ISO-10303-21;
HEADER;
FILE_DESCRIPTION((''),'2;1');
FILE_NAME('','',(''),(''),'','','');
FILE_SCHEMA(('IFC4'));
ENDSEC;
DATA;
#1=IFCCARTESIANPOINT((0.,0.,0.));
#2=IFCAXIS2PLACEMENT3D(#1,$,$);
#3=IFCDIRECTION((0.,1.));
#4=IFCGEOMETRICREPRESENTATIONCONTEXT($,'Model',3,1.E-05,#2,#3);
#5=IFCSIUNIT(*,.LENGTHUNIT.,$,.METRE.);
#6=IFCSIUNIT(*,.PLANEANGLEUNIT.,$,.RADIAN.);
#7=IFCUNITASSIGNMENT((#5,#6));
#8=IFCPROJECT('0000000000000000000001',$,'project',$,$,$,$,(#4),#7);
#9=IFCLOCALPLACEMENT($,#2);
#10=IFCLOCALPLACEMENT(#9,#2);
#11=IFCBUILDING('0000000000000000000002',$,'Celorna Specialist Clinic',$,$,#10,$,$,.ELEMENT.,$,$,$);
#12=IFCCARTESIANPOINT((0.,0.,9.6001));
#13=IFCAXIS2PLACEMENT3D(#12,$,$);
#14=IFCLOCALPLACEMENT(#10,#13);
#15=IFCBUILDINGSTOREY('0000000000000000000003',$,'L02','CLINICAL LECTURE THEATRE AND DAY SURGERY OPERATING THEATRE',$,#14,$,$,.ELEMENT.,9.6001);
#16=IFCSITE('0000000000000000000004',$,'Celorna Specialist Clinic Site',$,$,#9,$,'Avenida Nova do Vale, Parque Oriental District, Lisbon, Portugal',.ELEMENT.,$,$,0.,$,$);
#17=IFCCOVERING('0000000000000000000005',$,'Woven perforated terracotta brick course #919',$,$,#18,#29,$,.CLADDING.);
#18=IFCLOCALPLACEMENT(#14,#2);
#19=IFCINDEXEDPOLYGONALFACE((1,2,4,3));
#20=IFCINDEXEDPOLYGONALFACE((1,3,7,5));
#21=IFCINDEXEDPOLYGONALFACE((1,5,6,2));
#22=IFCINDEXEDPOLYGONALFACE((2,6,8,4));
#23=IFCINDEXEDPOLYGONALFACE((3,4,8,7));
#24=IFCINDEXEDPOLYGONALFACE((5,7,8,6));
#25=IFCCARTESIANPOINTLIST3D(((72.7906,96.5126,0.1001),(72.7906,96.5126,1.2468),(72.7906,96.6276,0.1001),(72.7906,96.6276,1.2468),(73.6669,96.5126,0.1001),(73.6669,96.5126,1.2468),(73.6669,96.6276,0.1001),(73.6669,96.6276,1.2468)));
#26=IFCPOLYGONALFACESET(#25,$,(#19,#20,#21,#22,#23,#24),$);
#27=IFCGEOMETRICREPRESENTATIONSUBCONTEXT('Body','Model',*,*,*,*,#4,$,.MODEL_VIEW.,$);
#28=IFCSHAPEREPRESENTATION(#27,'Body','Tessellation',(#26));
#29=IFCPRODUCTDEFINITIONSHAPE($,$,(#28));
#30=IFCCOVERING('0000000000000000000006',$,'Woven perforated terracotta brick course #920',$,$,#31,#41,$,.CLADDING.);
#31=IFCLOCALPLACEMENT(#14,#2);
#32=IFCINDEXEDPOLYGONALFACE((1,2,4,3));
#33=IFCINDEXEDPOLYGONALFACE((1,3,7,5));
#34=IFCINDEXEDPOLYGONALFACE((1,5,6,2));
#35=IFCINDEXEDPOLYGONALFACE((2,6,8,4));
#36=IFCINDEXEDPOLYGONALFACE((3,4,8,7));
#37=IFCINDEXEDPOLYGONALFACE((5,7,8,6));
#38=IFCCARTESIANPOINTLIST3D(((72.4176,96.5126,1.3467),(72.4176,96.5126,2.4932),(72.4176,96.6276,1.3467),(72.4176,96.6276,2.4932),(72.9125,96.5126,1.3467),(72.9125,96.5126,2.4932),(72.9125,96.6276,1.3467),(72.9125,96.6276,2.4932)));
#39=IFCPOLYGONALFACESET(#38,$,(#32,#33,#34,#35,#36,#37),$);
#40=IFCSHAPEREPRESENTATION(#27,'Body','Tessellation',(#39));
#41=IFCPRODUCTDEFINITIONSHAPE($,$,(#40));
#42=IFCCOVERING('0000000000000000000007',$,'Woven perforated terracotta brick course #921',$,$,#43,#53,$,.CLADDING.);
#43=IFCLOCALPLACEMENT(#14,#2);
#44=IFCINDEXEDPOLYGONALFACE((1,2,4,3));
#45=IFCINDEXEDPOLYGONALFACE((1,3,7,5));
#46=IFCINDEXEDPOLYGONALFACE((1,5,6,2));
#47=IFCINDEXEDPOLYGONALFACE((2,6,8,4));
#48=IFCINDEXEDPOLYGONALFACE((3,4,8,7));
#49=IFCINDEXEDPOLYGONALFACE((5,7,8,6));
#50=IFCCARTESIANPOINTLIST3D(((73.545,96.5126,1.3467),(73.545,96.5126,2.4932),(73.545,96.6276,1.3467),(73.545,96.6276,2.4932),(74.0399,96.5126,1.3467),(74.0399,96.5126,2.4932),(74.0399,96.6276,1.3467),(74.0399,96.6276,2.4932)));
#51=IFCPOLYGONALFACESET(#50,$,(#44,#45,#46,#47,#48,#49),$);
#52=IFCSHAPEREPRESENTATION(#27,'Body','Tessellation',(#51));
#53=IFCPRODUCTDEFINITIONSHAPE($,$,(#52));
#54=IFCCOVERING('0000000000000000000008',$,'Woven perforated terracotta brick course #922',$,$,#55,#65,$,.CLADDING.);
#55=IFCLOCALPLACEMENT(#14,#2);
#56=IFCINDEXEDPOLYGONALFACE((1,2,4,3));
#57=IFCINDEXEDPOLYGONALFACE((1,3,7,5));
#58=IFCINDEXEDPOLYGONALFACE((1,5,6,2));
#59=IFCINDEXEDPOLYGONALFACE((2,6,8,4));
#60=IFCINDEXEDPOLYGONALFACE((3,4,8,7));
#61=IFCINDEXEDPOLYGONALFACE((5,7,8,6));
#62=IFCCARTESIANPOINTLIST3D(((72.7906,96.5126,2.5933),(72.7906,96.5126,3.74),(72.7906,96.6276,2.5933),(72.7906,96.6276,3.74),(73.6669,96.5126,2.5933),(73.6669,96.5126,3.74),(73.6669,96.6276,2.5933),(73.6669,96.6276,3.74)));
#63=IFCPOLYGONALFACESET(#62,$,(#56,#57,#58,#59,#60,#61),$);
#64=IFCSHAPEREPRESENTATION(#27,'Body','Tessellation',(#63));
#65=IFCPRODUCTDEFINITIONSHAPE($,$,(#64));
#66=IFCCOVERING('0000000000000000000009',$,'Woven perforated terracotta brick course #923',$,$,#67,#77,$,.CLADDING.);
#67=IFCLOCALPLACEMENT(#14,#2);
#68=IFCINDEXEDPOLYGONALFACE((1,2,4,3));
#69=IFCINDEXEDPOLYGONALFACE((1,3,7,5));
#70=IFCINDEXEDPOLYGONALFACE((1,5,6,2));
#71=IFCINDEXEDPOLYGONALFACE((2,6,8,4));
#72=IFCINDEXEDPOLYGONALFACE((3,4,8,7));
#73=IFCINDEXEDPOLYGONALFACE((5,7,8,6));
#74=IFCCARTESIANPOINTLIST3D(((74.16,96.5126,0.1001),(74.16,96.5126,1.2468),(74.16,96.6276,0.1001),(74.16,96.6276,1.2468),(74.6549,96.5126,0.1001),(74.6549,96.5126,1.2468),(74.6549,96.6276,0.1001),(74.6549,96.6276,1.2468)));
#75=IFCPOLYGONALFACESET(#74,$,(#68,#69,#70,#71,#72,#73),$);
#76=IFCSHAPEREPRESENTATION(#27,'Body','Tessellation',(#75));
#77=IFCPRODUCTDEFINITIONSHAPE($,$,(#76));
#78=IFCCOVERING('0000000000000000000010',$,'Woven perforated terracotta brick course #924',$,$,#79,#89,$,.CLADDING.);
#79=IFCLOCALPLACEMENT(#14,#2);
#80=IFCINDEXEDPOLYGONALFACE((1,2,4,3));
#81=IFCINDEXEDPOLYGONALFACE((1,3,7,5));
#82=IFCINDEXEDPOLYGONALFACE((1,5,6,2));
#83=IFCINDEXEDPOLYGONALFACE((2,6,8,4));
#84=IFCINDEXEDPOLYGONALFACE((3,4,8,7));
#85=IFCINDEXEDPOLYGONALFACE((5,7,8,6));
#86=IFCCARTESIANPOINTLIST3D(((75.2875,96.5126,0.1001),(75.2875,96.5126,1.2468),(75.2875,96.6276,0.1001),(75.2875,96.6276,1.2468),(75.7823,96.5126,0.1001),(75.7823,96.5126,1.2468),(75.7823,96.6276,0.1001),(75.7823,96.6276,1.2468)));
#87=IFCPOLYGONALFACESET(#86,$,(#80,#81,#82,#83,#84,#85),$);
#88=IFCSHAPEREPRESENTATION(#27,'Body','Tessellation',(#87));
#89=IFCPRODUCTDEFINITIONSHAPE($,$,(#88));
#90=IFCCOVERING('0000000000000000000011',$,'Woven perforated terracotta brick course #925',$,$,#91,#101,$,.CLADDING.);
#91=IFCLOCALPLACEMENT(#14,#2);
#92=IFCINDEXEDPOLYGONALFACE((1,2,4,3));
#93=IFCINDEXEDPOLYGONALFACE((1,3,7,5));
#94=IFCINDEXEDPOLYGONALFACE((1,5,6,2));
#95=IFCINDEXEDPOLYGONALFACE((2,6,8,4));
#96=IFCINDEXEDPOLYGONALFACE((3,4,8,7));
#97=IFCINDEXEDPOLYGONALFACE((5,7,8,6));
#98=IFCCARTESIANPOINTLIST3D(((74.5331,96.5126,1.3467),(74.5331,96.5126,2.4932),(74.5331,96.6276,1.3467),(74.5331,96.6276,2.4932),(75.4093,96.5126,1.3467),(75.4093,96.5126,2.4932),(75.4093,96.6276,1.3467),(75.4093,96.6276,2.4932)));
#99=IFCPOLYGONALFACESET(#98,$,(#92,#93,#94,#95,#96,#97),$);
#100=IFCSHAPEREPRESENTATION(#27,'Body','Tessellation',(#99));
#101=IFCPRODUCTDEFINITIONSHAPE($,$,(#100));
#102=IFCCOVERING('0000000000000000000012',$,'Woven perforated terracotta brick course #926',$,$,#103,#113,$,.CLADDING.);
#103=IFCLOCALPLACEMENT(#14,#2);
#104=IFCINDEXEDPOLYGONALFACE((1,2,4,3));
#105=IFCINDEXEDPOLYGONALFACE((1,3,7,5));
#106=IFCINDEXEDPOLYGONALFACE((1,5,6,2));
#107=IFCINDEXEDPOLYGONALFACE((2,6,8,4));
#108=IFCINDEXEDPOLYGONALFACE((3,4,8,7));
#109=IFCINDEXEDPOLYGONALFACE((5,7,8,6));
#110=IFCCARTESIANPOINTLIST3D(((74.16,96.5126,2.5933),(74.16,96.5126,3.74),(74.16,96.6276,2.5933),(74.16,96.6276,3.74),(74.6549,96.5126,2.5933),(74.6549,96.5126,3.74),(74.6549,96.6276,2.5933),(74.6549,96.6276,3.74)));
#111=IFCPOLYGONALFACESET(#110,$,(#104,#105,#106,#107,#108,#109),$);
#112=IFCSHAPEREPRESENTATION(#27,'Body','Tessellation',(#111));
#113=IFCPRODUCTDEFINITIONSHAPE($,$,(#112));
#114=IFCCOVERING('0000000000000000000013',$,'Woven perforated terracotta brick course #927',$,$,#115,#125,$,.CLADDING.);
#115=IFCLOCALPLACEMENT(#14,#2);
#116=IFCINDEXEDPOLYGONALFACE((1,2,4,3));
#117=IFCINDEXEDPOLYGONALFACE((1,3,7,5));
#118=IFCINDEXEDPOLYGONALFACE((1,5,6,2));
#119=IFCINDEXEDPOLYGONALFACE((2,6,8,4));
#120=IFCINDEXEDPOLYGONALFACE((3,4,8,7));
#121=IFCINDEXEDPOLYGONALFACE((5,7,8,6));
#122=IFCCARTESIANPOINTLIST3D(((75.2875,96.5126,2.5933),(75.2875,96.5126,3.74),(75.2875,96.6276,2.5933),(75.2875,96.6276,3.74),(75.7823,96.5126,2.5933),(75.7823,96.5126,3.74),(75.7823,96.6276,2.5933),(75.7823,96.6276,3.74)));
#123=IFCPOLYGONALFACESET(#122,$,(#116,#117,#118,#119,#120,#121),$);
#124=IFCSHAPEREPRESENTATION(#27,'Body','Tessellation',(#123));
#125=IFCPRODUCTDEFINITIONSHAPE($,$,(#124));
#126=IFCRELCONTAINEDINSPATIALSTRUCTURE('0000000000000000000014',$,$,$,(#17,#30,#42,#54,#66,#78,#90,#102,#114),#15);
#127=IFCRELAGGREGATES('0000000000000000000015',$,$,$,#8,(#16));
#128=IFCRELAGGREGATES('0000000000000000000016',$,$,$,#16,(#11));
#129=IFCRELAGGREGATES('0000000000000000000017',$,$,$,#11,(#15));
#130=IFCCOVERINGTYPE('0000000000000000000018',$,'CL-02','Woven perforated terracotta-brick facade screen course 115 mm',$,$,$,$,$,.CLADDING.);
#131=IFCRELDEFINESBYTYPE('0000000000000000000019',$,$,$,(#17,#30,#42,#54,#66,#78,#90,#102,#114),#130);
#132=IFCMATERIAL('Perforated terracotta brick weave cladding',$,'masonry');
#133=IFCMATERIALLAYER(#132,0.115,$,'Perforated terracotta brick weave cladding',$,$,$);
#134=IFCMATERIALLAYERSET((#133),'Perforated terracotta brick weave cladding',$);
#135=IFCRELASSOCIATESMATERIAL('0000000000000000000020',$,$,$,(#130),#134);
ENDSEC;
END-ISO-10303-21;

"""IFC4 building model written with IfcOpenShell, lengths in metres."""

from ifc_helpers import new_model, si_unit, direction, frame, origin, origin_2d, place, context, subcontext, project, spatial, rectangle, extrude, material, layer, layer_set, type_object, element, save


model = new_model("IFC4")

# Units and contexts
model_context = context("Model", 3, precision=1e-05, world=origin(), true_north=direction((0.0, 1.0)))
body_context = subcontext(model_context, "Body", "Model", "MODEL_VIEW")
ifc_project = project(units=[si_unit("LENGTHUNIT", "METRE"), si_unit("PLANEANGLEUNIT", "RADIAN")], contexts=[model_context])

# Site, building, storey
site_placement = place(None, origin())
site = spatial("IfcSite", under=ifc_project, at=site_placement, Name="Celorna Specialist Clinic Site", LongName="Avenida Nova do Vale, Parque Oriental District, Lisbon, Portugal", CompositionType="ELEMENT", RefElevation=0.0)
building_placement = place(site_placement, origin())
building = spatial("IfcBuilding", under=site, at=building_placement, Name="Celorna Specialist Clinic", CompositionType="ELEMENT")
storey_placement = place(building_placement, frame((0.0, 0.0, 9.6001)))
storey = spatial("IfcBuildingStorey", under=building, at=storey_placement, Name="L02", Description="CLINICAL LECTURE THEATRE AND DAY SURGERY OPERATING THEATRE", CompositionType="ELEMENT", Elevation=9.6001)

# Coverings
ifc_material_1 = material(Name="Perforated terracotta brick weave cladding", Category="masonry")
ifc_layer_1 = layer(ifc_material_1, 0.115, Name="Perforated terracotta brick weave cladding")
ifc_layer_set_1 = layer_set([ifc_layer_1], Name="Perforated terracotta brick weave cladding")
covering_type = type_object("IfcCoveringType", Name="CL-02", Description="Woven perforated terracotta-brick facade screen course 115 mm", PredefinedType="CLADDING", material=ifc_layer_set_1)
covering_1_placement = place(storey_placement, frame((73.2288, 96.5701, 0.1001), z_axis=(0.0, 0.0, 1.0), x_axis=(1.0, 0.0, 0.0)))
element("IfcCovering", 1, at=covering_1_placement, inside=storey, type_object=covering_type, Name="Woven perforated terracotta brick course #919", PredefinedType="CLADDING", context=body_context, shape_type="SweptSolid", body=[
    extrude(rectangle(XDim=0.8762, YDim=0.115, at=origin_2d()), origin(), (0.0, 0.0, 1.0), 1.1467),
])
for number, where, z_axis, x_axis, name in (
    (2, (72.665, 96.5701, 1.3467), (0.0, 0.0, 1.0), (1.0, 0.0, 0.0), "Woven perforated terracotta brick course #920"),
    (3, (73.7925, 96.5701, 1.3467), (0.0, 0.0, 1.0), (1.0, 0.0, 0.0), "Woven perforated terracotta brick course #921"),
):
    element("IfcCovering", number, at=place(storey_placement, frame(where, z_axis=z_axis, x_axis=x_axis)), inside=storey, type_object=covering_type, Name=name, PredefinedType="CLADDING", context=body_context, shape_type="SweptSolid", body=[
        extrude(rectangle(XDim=0.4949, YDim=0.115, at=origin_2d()), origin(), (0.0, 0.0, 1.0), 1.1465),
    ])
covering_2_placement = place(storey_placement, frame((73.2288, 96.5701, 2.5933), z_axis=(0.0, 0.0, 1.0), x_axis=(1.0, 0.0, 0.0)))
element("IfcCovering", 4, at=covering_2_placement, inside=storey, type_object=covering_type, Name="Woven perforated terracotta brick course #922", PredefinedType="CLADDING", context=body_context, shape_type="SweptSolid", body=[
    extrude(rectangle(XDim=0.8762, YDim=0.115, at=origin_2d()), origin(), (0.0, 0.0, 1.0), 1.1467),
])
for number, where, z_axis, x_axis, name in (
    (5, (74.4075, 96.5701, 0.1001), (0.0, 0.0, 1.0), (1.0, 0.0, 0.0), "Woven perforated terracotta brick course #923"),
    (6, (75.5349, 96.5701, 0.1001), (0.0, 0.0, 1.0), (1.0, 0.0, 0.0), "Woven perforated terracotta brick course #924"),
):
    element("IfcCovering", number, at=place(storey_placement, frame(where, z_axis=z_axis, x_axis=x_axis)), inside=storey, type_object=covering_type, Name=name, PredefinedType="CLADDING", context=body_context, shape_type="SweptSolid", body=[
        extrude(rectangle(XDim=0.4949, YDim=0.115, at=origin_2d()), origin(), (0.0, 0.0, 1.0), 1.1467),
    ])
covering_3_placement = place(storey_placement, frame((74.9712, 96.5701, 1.3467), z_axis=(0.0, 0.0, 1.0), x_axis=(1.0, 0.0, 0.0)))
element("IfcCovering", 7, at=covering_3_placement, inside=storey, type_object=covering_type, Name="Woven perforated terracotta brick course #925", PredefinedType="CLADDING", context=body_context, shape_type="SweptSolid", body=[
    extrude(rectangle(XDim=0.8762, YDim=0.115, at=origin_2d()), origin(), (0.0, 0.0, 1.0), 1.1465),
])
for number, where, z_axis, x_axis, name in (
    (8, (74.4075, 96.5701, 2.5933), (0.0, 0.0, 1.0), (1.0, 0.0, 0.0), "Woven perforated terracotta brick course #926"),
    (9, (75.5349, 96.5701, 2.5933), (0.0, 0.0, 1.0), (1.0, 0.0, 0.0), "Woven perforated terracotta brick course #927"),
):
    element("IfcCovering", number, at=place(storey_placement, frame(where, z_axis=z_axis, x_axis=x_axis)), inside=storey, type_object=covering_type, Name=name, PredefinedType="CLADDING", context=body_context, shape_type="SweptSolid", body=[
        extrude(rectangle(XDim=0.4949, YDim=0.115, at=origin_2d()), origin(), (0.0, 0.0, 1.0), 1.1467),
    ])

save(model, "model.ifc")
